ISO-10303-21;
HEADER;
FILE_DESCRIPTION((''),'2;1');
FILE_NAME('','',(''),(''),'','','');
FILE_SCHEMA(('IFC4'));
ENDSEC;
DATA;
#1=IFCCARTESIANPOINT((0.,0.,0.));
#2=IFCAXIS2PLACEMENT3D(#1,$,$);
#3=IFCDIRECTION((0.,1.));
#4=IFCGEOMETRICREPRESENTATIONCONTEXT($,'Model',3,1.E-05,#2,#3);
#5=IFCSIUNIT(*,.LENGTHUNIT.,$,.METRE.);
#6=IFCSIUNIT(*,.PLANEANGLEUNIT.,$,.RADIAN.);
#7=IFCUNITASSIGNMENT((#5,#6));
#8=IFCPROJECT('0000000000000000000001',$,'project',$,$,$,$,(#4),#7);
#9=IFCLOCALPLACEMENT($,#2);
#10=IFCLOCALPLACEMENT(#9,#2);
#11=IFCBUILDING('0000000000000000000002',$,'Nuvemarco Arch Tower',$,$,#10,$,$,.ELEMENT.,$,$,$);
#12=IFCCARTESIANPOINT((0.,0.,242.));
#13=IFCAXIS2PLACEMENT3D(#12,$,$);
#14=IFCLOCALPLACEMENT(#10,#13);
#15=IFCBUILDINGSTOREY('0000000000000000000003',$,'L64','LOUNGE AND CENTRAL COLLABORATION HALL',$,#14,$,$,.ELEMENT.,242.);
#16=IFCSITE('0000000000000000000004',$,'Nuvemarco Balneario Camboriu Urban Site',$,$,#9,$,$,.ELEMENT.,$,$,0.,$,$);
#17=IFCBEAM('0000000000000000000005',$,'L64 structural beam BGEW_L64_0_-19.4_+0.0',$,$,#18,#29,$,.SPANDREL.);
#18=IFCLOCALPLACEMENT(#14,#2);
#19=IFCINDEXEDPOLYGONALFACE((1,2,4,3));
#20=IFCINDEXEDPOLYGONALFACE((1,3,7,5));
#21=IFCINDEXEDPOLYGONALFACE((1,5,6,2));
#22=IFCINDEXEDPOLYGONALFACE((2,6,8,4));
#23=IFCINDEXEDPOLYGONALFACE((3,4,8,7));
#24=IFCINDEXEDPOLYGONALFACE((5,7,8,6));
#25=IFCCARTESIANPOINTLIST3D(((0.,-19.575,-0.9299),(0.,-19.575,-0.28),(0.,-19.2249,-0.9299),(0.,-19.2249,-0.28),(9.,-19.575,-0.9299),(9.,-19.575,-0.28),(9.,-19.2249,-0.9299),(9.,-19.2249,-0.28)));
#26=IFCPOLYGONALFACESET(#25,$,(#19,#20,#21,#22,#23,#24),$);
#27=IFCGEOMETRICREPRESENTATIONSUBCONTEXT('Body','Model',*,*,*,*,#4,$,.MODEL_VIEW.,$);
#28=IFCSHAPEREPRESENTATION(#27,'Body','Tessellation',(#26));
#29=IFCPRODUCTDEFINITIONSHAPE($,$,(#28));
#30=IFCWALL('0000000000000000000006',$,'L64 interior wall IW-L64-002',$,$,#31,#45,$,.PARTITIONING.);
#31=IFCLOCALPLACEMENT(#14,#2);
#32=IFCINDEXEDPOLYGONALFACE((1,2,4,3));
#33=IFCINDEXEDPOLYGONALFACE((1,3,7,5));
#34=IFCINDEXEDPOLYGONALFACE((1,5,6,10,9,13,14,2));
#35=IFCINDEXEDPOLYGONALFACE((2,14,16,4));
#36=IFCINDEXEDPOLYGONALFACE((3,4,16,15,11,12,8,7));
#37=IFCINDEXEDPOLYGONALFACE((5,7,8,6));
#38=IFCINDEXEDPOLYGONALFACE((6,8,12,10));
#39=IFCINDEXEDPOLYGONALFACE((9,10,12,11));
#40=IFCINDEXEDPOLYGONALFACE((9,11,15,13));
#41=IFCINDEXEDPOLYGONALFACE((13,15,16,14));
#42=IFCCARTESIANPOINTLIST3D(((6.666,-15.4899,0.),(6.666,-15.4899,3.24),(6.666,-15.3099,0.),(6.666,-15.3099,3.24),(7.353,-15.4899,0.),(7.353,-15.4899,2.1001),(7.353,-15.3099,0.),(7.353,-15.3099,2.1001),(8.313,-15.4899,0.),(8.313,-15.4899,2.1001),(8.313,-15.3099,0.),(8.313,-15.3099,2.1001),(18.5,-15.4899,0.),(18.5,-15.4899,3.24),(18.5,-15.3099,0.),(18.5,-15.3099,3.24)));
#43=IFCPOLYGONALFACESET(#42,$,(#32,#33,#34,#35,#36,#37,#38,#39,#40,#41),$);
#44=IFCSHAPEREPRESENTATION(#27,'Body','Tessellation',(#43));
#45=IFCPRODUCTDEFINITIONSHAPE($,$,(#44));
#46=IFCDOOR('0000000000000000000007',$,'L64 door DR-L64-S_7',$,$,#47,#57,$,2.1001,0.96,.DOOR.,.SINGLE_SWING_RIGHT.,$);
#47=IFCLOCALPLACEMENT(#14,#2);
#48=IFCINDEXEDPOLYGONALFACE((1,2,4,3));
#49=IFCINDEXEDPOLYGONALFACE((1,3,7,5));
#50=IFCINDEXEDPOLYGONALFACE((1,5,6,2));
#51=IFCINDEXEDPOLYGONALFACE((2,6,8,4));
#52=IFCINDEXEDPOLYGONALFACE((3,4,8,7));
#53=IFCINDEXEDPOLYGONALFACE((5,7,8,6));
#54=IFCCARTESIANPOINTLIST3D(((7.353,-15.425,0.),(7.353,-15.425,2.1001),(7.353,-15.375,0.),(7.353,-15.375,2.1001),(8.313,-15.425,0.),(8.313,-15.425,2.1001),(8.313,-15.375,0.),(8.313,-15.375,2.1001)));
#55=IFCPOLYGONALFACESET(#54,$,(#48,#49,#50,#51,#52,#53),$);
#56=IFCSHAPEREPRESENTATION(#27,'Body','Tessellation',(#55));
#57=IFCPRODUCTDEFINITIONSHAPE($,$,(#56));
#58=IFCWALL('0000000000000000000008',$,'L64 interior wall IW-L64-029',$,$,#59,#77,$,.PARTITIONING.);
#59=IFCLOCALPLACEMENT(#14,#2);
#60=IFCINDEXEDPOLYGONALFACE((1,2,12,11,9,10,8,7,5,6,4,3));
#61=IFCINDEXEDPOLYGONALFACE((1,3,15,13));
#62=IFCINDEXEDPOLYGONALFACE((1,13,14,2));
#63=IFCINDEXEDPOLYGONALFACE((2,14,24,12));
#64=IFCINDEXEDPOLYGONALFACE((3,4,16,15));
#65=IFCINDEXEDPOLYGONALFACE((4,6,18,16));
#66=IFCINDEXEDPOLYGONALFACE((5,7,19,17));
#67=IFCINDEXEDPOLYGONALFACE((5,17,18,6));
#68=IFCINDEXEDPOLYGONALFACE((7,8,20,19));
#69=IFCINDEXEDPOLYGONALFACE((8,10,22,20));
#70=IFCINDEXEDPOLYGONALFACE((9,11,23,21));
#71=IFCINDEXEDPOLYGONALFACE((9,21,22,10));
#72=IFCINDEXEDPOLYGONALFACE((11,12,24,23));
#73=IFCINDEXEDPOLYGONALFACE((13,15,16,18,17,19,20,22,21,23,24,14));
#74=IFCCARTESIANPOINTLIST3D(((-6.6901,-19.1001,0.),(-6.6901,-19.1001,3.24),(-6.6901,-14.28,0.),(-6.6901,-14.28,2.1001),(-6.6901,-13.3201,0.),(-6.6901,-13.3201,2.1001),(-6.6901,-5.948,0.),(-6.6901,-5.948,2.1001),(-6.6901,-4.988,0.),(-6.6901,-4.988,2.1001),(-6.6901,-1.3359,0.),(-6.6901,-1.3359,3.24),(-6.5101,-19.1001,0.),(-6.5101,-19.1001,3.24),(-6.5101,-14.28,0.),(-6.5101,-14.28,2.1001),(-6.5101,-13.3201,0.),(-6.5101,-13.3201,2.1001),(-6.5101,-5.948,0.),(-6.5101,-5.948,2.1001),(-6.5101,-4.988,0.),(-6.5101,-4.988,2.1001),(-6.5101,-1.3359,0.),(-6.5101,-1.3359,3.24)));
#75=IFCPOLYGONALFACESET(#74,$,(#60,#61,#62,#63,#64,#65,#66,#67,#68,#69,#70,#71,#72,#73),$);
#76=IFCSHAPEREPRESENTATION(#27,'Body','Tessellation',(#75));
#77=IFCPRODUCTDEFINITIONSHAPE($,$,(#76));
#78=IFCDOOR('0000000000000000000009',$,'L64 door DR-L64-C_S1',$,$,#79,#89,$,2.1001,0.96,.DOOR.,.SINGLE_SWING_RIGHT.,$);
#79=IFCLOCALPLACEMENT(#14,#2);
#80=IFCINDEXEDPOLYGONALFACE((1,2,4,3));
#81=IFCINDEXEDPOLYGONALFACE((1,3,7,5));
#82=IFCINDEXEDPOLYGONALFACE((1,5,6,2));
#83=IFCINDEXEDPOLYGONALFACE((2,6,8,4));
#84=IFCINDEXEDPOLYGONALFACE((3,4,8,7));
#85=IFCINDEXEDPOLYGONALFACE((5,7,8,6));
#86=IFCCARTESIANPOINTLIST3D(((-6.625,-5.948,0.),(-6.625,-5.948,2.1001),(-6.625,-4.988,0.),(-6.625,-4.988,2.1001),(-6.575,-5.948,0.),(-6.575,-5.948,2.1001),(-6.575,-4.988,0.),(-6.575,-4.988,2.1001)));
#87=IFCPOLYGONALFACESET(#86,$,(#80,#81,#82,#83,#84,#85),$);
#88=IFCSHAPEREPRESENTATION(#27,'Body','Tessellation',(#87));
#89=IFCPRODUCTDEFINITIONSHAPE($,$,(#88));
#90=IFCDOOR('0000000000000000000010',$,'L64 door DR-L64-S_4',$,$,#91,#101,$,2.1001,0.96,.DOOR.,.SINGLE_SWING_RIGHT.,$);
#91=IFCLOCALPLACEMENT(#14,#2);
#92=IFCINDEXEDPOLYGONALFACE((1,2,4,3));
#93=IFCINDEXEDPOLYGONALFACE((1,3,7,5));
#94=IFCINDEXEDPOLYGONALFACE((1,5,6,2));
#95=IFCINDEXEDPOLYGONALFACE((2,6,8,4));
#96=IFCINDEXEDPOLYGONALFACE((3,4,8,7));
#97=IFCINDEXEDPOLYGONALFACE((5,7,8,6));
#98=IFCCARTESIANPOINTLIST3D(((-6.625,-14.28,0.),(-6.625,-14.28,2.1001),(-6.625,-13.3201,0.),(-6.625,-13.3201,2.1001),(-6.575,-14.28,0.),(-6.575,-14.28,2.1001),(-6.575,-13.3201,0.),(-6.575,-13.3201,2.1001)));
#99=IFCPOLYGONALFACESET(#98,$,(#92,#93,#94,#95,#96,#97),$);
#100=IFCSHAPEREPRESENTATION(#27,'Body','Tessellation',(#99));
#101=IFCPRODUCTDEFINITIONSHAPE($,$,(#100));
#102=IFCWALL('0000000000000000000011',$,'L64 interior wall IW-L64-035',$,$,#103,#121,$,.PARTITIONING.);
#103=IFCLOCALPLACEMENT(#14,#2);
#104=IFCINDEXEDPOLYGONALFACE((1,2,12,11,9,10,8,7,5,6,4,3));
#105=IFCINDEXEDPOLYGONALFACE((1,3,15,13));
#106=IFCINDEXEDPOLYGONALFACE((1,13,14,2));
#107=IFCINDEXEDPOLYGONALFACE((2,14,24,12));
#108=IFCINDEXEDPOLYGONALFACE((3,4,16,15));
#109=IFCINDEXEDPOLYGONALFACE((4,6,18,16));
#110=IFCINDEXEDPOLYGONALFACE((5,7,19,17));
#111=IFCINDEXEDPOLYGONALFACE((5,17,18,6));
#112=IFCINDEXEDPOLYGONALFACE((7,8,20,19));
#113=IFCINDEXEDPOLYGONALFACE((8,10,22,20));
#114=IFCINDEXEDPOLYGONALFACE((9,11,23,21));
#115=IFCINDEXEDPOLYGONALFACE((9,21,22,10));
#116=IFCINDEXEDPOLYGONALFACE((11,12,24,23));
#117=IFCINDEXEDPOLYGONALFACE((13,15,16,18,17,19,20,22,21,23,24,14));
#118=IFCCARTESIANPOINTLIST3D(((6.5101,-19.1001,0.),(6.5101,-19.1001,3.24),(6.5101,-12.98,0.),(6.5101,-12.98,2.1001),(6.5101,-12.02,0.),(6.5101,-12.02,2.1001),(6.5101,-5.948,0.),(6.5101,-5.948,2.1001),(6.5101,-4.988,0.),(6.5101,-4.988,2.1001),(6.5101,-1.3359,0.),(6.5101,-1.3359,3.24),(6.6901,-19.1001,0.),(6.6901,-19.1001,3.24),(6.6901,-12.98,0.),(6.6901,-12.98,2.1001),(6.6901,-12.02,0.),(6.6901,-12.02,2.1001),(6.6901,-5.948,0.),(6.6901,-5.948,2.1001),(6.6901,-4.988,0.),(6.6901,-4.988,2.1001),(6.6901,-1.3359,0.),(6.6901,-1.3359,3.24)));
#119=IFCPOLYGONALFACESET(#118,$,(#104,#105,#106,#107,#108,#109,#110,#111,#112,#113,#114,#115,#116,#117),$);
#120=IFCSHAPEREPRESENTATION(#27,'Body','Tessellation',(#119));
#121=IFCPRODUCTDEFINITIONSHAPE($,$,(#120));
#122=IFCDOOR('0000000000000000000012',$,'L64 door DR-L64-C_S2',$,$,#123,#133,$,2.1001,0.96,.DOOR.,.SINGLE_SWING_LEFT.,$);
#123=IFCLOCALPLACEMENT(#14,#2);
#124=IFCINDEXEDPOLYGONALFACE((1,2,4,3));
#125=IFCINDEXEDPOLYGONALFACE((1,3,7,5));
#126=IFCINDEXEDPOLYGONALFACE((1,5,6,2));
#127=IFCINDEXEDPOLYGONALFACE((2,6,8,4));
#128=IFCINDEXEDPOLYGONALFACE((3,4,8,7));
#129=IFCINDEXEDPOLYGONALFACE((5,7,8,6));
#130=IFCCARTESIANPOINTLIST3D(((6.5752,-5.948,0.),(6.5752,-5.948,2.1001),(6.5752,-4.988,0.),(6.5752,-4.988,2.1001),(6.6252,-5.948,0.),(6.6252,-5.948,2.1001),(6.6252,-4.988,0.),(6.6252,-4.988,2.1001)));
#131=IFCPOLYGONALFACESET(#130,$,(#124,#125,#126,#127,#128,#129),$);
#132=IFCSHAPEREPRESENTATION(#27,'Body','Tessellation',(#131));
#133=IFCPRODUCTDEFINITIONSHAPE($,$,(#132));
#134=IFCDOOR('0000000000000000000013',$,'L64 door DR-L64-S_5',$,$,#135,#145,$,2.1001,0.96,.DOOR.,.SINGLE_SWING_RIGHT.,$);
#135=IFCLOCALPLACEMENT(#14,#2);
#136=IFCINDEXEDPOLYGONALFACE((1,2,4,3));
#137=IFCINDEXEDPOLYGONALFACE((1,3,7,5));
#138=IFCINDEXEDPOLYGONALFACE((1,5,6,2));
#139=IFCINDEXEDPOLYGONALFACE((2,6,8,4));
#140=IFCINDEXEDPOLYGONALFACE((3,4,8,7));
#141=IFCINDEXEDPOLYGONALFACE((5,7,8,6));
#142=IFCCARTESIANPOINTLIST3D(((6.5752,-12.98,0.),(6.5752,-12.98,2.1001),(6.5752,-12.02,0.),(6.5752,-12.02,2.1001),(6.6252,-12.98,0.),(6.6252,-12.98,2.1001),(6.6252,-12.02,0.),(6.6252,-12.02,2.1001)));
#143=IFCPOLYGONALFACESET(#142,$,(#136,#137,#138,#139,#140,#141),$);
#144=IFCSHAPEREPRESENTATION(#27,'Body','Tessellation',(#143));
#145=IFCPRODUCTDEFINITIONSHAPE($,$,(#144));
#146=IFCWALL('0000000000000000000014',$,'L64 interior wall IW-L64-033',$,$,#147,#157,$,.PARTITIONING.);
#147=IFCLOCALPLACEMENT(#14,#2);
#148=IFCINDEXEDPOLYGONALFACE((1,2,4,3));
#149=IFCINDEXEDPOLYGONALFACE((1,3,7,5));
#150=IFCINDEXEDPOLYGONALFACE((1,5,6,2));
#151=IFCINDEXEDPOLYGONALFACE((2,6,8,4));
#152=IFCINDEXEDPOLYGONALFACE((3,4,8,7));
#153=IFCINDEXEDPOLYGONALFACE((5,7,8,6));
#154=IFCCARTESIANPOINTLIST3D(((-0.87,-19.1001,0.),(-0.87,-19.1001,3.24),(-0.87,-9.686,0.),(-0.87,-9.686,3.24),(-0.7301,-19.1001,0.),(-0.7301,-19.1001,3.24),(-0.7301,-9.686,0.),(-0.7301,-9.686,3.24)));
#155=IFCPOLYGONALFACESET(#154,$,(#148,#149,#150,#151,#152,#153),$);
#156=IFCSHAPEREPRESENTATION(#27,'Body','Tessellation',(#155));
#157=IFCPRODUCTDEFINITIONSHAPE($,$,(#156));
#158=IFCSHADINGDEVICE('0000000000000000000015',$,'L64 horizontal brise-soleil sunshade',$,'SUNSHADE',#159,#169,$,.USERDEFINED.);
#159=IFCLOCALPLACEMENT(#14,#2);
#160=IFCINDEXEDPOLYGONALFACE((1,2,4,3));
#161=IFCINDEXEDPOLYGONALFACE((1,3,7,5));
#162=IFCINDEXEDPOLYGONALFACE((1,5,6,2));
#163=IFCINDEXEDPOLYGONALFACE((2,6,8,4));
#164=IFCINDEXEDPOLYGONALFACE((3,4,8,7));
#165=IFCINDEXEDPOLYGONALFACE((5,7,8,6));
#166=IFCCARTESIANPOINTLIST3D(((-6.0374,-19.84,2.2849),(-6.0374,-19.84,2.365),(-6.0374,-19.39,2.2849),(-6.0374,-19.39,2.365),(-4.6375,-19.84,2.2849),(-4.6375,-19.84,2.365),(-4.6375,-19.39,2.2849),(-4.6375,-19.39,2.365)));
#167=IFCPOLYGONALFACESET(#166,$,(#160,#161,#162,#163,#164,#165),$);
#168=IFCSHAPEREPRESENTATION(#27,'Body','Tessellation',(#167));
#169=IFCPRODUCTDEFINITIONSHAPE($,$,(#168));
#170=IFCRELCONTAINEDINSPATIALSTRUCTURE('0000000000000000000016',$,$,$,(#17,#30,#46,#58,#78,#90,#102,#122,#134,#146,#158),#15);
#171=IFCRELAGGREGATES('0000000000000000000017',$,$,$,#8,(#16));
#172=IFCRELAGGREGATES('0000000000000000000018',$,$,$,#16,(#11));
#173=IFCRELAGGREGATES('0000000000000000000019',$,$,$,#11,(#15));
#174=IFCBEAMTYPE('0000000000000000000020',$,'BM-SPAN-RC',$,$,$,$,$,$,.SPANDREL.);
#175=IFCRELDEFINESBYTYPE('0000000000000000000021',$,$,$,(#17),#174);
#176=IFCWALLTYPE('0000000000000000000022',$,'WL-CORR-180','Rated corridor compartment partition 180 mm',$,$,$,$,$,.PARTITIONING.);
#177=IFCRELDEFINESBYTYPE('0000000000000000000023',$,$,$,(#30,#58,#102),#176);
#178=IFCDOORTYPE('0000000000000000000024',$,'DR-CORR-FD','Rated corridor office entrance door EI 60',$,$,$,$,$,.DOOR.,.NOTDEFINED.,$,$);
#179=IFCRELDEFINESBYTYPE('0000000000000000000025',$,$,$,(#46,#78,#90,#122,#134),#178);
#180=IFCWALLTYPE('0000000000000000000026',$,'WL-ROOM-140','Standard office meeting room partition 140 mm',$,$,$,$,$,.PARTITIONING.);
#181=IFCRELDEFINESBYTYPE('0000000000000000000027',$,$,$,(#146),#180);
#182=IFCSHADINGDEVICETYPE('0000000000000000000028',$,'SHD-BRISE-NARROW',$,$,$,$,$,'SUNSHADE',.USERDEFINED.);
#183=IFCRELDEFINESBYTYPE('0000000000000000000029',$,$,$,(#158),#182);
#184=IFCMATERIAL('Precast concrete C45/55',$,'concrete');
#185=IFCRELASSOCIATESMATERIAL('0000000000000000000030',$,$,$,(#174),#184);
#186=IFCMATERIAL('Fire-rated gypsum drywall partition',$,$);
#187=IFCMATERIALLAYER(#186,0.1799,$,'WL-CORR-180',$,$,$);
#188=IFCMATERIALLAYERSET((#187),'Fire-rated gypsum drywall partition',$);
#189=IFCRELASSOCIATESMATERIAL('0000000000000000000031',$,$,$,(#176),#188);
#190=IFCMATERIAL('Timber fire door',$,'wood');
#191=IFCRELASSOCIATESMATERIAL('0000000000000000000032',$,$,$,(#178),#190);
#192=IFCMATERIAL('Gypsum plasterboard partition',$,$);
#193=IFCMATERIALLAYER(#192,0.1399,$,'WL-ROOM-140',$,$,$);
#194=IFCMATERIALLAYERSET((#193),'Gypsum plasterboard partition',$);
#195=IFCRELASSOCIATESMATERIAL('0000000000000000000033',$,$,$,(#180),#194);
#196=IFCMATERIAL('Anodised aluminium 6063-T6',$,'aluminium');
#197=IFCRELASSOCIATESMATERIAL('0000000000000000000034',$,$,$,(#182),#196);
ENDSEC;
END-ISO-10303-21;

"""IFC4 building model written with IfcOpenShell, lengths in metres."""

from ifc_helpers import new_model, si_unit, direction, frame, frame_2d, origin, origin_2d, place, context, subcontext, project, spatial, rectangle, extrude, source, transform, mapped, material, layer, layer_set, material_profile, profile_set, type_object, type_shapes, element, fill, save


model = new_model("IFC4")

# Units and contexts
model_context = context("Model", 3, precision=1e-05, world=origin(), true_north=direction((0.0, 1.0)))
body_context = subcontext(model_context, "Body", "Model", "MODEL_VIEW")
ifc_project = project(units=[si_unit("LENGTHUNIT", "METRE"), si_unit("PLANEANGLEUNIT", "RADIAN")], contexts=[model_context])

# Site, building, storey
site_placement = place(None, origin())
site = spatial("IfcSite", under=ifc_project, at=site_placement, Name="Nuvemarco Balneario Camboriu Urban Site", CompositionType="ELEMENT", RefElevation=0.0)
building_placement = place(site_placement, origin())
building = spatial("IfcBuilding", under=site, at=building_placement, Name="Nuvemarco Arch Tower", CompositionType="ELEMENT")
storey_placement = place(building_placement, frame((0.0, 0.0, 242.0)))
storey = spatial("IfcBuildingStorey", under=building, at=storey_placement, Name="L64", Description="LOUNGE AND CENTRAL COLLABORATION HALL", CompositionType="ELEMENT", Elevation=242.0)

# Beam
ifc_material_1 = material(Name="Precast concrete C45/55", Category="concrete")
ifc_material_profile_1 = material_profile(ifc_material_1, rectangle(XDim=0.3501, YDim=0.6499, at=origin_2d()), Name="PC-SP-350x650")
ifc_profile_set_1 = profile_set([ifc_material_profile_1], Name="Precast concrete C45/55")
beam_type_1 = type_object("IfcBeamType", Name="BM-SPAN-RC", PredefinedType="SPANDREL", material=ifc_profile_set_1)
beam_1_placement = place(storey_placement, frame((0.0, -19.3999, -0.605), z_axis=(1.0, 0.0, 0.0), x_axis=(0.0, 1.0, 0.0)))
element("IfcBeam", 1, at=beam_1_placement, inside=storey, type_object=beam_type_1, Name="L64 structural beam BGEW_L64_0_-19.4_+0.0", PredefinedType="SPANDREL", context=body_context, shape_type="SweptSolid", body=[
    extrude(rectangle(XDim=0.3501, YDim=0.6499, at=origin_2d()), origin(), (0.0, 0.0, 1.0), 9.0),
])

# Wall, opening, door
ifc_material_2 = material(Name="Fire-rated gypsum drywall partition")
ifc_layer_1 = layer(ifc_material_2, 0.1799, Name="WL-CORR-180")
ifc_layer_set_1 = layer_set([ifc_layer_1], Name="Fire-rated gypsum drywall partition")
wall_type_1 = type_object("IfcWallType", Name="WL-CORR-180", Description="Rated corridor compartment partition 180 mm", PredefinedType="PARTITIONING", material=ifc_layer_set_1)
wall_1_placement = place(storey_placement, frame((6.666, -15.3999, 0.0), z_axis=(0.0, 0.0, 1.0), x_axis=(1.0, 0.0, 0.0)))
wall_1 = element("IfcWall", 2, at=wall_1_placement, inside=storey, type_object=wall_type_1, Name="L64 interior wall IW-L64-002", PredefinedType="PARTITIONING", context=body_context, shape_type="SweptSolid", body=[
    extrude(rectangle(XDim=11.834, YDim=0.1799, at=frame_2d((5.917, 0.0))), origin(), (0.0, 0.0, 1.0), 3.24),
])
opening_1_placement = place(wall_1_placement, frame((0.687, 0.0, 0.0)))
opening_1 = element("IfcOpeningElement", 3, at=opening_1_placement, cuts=wall_1, PredefinedType="OPENING", context=body_context, shape_type="SweptSolid", body=[
    extrude(rectangle(XDim=0.96, YDim=2.1001, at=frame_2d((0.48, 1.05))), frame((0.0, 0.0999, 0.0), z_axis=(0.0, -1.0, 0.0), x_axis=(1.0, 0.0, 0.0)), (0.0, 0.0, 1.0), 0.2),
])
ifc_material_3 = material(Name="Timber fire door", Category="wood")
door_type = type_object("IfcDoorType", Name="DR-CORR-FD", Description="Rated corridor office entrance door EI 60", OperationType="NOTDEFINED", PredefinedType="DOOR", material=ifc_material_3)
shared_shape_1 = source(origin(), body_context, "Body", "SweptSolid", [
    extrude(rectangle(XDim=0.96, YDim=2.1001, at=frame_2d((0.48, 1.05))), frame((0.0, 0.0249, 0.0), z_axis=(0.0, -1.0, 0.0), x_axis=(1.0, 0.0, 0.0)), (0.0, 0.0, 1.0), 0.05),
])
type_shapes(door_type, [shared_shape_1])
door_1_placement = place(opening_1_placement, origin())
door_1 = element("IfcDoor", 4, at=door_1_placement, inside=storey, type_object=door_type, Name="L64 door DR-L64-S_7", OperationType="SINGLE_SWING_RIGHT", OverallHeight=2.1001, OverallWidth=0.96, PredefinedType="DOOR", context=body_context, shape_type="MappedRepresentation", body=[
    mapped(shared_shape_1, transform((0.0, 0.0, 0.0), scale=1.0)),
])
fill(opening_1, door_1)

# Walls, openings, doors
wall_2_placement = place(storey_placement, frame((-6.6001, -19.1001, 0.0), z_axis=(0.0, 0.0, 1.0), x_axis=(0.0, 1.0, 0.0)))
wall_2 = element("IfcWall", 5, at=wall_2_placement, inside=storey, type_object=wall_type_1, Name="L64 interior wall IW-L64-029", PredefinedType="PARTITIONING", context=body_context, shape_type="SweptSolid", body=[
    extrude(rectangle(XDim=17.7642, YDim=0.1799, at=frame_2d((8.8821, 0.0))), origin(), (0.0, 0.0, 1.0), 3.24),
])
opening_2_placement = place(wall_2_placement, frame((13.1521, 0.0, 0.0)))
opening_2 = element("IfcOpeningElement", 6, at=opening_2_placement, cuts=wall_2, PredefinedType="OPENING", context=body_context, shape_type="SweptSolid", body=[
    extrude(rectangle(XDim=0.96, YDim=2.1001, at=frame_2d((0.48, 1.05))), frame((0.0, 0.0999, 0.0), z_axis=(0.0, -1.0, 0.0), x_axis=(1.0, 0.0, 0.0)), (0.0, 0.0, 1.0), 0.2),
])
opening_3_placement = place(wall_2_placement, frame((4.8201, 0.0, 0.0)))
opening_3 = element("IfcOpeningElement", 7, at=opening_3_placement, cuts=wall_2, PredefinedType="OPENING", context=body_context, shape_type="SweptSolid", body=[
    extrude(rectangle(XDim=0.96, YDim=2.1001, at=frame_2d((0.48, 1.05))), frame((0.0, 0.0999, 0.0), z_axis=(0.0, -1.0, 0.0), x_axis=(1.0, 0.0, 0.0)), (0.0, 0.0, 1.0), 0.2),
])
door_2_placement = place(opening_2_placement, origin())
door_2 = element("IfcDoor", 8, at=door_2_placement, inside=storey, type_object=door_type, Name="L64 door DR-L64-C_S1", OperationType="SINGLE_SWING_RIGHT", OverallHeight=2.1001, OverallWidth=0.96, PredefinedType="DOOR", context=body_context, shape_type="MappedRepresentation", body=[
    mapped(shared_shape_1, transform((0.0, 0.0, 0.0), scale=1.0)),
])
fill(opening_2, door_2)
door_3_placement = place(opening_3_placement, origin())
door_3 = element("IfcDoor", 9, at=door_3_placement, inside=storey, type_object=door_type, Name="L64 door DR-L64-S_4", OperationType="SINGLE_SWING_RIGHT", OverallHeight=2.1001, OverallWidth=0.96, PredefinedType="DOOR", context=body_context, shape_type="MappedRepresentation", body=[
    mapped(shared_shape_1, transform((0.0, 0.0, 0.0), scale=1.0)),
])
fill(opening_3, door_3)
wall_3_placement = place(storey_placement, frame((6.6001, -19.1001, 0.0), z_axis=(0.0, 0.0, 1.0), x_axis=(0.0, 1.0, 0.0)))
wall_3 = element("IfcWall", 10, at=wall_3_placement, inside=storey, type_object=wall_type_1, Name="L64 interior wall IW-L64-035", PredefinedType="PARTITIONING", context=body_context, shape_type="SweptSolid", body=[
    extrude(rectangle(XDim=17.7642, YDim=0.1799, at=frame_2d((8.8821, 0.0))), origin(), (0.0, 0.0, 1.0), 3.24),
])
opening_4_placement = place(wall_3_placement, frame((13.1521, 0.0, 0.0)))
opening_4 = element("IfcOpeningElement", 11, at=opening_4_placement, cuts=wall_3, PredefinedType="OPENING", context=body_context, shape_type="SweptSolid", body=[
    extrude(rectangle(XDim=0.96, YDim=2.1001, at=frame_2d((0.48, 1.05))), frame((0.0, 0.0999, 0.0), z_axis=(0.0, -1.0, 0.0), x_axis=(1.0, 0.0, 0.0)), (0.0, 0.0, 1.0), 0.2),
])
opening_5_placement = place(wall_3_placement, frame((6.1201, 0.0, 0.0)))
opening_5 = element("IfcOpeningElement", 12, at=opening_5_placement, cuts=wall_3, PredefinedType="OPENING", context=body_context, shape_type="SweptSolid", body=[
    extrude(rectangle(XDim=0.96, YDim=2.1001, at=frame_2d((0.48, 1.05))), frame((0.0, 0.0999, 0.0), z_axis=(0.0, -1.0, 0.0), x_axis=(1.0, 0.0, 0.0)), (0.0, 0.0, 1.0), 0.2),
])
door_4_placement = place(opening_4_placement, origin())
door_4 = element("IfcDoor", 13, at=door_4_placement, inside=storey, type_object=door_type, Name="L64 door DR-L64-C_S2", OperationType="SINGLE_SWING_LEFT", OverallHeight=2.1001, OverallWidth=0.96, PredefinedType="DOOR", context=body_context, shape_type="MappedRepresentation", body=[
    mapped(shared_shape_1, transform((0.0, 0.0, 0.0), scale=1.0)),
])
fill(opening_4, door_4)
door_5_placement = place(opening_5_placement, origin())
door_5 = element("IfcDoor", 14, at=door_5_placement, inside=storey, type_object=door_type, Name="L64 door DR-L64-S_5", OperationType="SINGLE_SWING_RIGHT", OverallHeight=2.1001, OverallWidth=0.96, PredefinedType="DOOR", context=body_context, shape_type="MappedRepresentation", body=[
    mapped(shared_shape_1, transform((0.0, 0.0, 0.0), scale=1.0)),
])
fill(opening_5, door_5)

# Wall
ifc_material_4 = material(Name="Gypsum plasterboard partition")
ifc_layer_2 = layer(ifc_material_4, 0.1399, Name="WL-ROOM-140")
ifc_layer_set_2 = layer_set([ifc_layer_2], Name="Gypsum plasterboard partition")
wall_type_2 = type_object("IfcWallType", Name="WL-ROOM-140", Description="Standard office meeting room partition 140 mm", PredefinedType="PARTITIONING", material=ifc_layer_set_2)
wall_4_placement = place(storey_placement, frame((-0.8, -19.1001, 0.0), z_axis=(0.0, 0.0, 1.0), x_axis=(0.0, 1.0, 0.0)))
element("IfcWall", 15, at=wall_4_placement, inside=storey, type_object=wall_type_2, Name="L64 interior wall IW-L64-033", PredefinedType="PARTITIONING", context=body_context, shape_type="SweptSolid", body=[
    extrude(rectangle(XDim=9.4141, YDim=0.1399, at=frame_2d((4.707, 0.0))), origin(), (0.0, 0.0, 1.0), 3.24),
])

# Shading device
ifc_material_5 = material(Name="Anodised aluminium 6063-T6", Category="aluminium")
shading_device_type = type_object("IfcShadingDeviceType", Name="SHD-BRISE-NARROW", ElementType="SUNSHADE", PredefinedType="USERDEFINED", material=ifc_material_5)
shared_shape_2 = source(origin(), body_context, "Body", "SweptSolid", [
    extrude(rectangle(XDim=1.3999, YDim=0.45, at=origin_2d()), origin(), (0.0, 0.0, 1.0), 0.0801),
])
type_shapes(shading_device_type, [shared_shape_2])
for number, where, z_axis, x_axis, name in (
    (16, (-5.3374, -19.615, 2.2849), (0.0, 0.0, 1.0), (1.0, 0.0, 0.0), "L64 horizontal brise-soleil sunshade"),
):
    element("IfcShadingDevice", number, at=place(storey_placement, frame(where, z_axis=z_axis, x_axis=x_axis)), inside=storey, type_object=shading_device_type, Name=name, ObjectType="SUNSHADE", PredefinedType="USERDEFINED", context=body_context, shape_type="MappedRepresentation", body=[
        mapped(shared_shape_2, transform((0.0, 0.0, 0.0), scale=1.0)),
    ])

save(model, "model.ifc")
